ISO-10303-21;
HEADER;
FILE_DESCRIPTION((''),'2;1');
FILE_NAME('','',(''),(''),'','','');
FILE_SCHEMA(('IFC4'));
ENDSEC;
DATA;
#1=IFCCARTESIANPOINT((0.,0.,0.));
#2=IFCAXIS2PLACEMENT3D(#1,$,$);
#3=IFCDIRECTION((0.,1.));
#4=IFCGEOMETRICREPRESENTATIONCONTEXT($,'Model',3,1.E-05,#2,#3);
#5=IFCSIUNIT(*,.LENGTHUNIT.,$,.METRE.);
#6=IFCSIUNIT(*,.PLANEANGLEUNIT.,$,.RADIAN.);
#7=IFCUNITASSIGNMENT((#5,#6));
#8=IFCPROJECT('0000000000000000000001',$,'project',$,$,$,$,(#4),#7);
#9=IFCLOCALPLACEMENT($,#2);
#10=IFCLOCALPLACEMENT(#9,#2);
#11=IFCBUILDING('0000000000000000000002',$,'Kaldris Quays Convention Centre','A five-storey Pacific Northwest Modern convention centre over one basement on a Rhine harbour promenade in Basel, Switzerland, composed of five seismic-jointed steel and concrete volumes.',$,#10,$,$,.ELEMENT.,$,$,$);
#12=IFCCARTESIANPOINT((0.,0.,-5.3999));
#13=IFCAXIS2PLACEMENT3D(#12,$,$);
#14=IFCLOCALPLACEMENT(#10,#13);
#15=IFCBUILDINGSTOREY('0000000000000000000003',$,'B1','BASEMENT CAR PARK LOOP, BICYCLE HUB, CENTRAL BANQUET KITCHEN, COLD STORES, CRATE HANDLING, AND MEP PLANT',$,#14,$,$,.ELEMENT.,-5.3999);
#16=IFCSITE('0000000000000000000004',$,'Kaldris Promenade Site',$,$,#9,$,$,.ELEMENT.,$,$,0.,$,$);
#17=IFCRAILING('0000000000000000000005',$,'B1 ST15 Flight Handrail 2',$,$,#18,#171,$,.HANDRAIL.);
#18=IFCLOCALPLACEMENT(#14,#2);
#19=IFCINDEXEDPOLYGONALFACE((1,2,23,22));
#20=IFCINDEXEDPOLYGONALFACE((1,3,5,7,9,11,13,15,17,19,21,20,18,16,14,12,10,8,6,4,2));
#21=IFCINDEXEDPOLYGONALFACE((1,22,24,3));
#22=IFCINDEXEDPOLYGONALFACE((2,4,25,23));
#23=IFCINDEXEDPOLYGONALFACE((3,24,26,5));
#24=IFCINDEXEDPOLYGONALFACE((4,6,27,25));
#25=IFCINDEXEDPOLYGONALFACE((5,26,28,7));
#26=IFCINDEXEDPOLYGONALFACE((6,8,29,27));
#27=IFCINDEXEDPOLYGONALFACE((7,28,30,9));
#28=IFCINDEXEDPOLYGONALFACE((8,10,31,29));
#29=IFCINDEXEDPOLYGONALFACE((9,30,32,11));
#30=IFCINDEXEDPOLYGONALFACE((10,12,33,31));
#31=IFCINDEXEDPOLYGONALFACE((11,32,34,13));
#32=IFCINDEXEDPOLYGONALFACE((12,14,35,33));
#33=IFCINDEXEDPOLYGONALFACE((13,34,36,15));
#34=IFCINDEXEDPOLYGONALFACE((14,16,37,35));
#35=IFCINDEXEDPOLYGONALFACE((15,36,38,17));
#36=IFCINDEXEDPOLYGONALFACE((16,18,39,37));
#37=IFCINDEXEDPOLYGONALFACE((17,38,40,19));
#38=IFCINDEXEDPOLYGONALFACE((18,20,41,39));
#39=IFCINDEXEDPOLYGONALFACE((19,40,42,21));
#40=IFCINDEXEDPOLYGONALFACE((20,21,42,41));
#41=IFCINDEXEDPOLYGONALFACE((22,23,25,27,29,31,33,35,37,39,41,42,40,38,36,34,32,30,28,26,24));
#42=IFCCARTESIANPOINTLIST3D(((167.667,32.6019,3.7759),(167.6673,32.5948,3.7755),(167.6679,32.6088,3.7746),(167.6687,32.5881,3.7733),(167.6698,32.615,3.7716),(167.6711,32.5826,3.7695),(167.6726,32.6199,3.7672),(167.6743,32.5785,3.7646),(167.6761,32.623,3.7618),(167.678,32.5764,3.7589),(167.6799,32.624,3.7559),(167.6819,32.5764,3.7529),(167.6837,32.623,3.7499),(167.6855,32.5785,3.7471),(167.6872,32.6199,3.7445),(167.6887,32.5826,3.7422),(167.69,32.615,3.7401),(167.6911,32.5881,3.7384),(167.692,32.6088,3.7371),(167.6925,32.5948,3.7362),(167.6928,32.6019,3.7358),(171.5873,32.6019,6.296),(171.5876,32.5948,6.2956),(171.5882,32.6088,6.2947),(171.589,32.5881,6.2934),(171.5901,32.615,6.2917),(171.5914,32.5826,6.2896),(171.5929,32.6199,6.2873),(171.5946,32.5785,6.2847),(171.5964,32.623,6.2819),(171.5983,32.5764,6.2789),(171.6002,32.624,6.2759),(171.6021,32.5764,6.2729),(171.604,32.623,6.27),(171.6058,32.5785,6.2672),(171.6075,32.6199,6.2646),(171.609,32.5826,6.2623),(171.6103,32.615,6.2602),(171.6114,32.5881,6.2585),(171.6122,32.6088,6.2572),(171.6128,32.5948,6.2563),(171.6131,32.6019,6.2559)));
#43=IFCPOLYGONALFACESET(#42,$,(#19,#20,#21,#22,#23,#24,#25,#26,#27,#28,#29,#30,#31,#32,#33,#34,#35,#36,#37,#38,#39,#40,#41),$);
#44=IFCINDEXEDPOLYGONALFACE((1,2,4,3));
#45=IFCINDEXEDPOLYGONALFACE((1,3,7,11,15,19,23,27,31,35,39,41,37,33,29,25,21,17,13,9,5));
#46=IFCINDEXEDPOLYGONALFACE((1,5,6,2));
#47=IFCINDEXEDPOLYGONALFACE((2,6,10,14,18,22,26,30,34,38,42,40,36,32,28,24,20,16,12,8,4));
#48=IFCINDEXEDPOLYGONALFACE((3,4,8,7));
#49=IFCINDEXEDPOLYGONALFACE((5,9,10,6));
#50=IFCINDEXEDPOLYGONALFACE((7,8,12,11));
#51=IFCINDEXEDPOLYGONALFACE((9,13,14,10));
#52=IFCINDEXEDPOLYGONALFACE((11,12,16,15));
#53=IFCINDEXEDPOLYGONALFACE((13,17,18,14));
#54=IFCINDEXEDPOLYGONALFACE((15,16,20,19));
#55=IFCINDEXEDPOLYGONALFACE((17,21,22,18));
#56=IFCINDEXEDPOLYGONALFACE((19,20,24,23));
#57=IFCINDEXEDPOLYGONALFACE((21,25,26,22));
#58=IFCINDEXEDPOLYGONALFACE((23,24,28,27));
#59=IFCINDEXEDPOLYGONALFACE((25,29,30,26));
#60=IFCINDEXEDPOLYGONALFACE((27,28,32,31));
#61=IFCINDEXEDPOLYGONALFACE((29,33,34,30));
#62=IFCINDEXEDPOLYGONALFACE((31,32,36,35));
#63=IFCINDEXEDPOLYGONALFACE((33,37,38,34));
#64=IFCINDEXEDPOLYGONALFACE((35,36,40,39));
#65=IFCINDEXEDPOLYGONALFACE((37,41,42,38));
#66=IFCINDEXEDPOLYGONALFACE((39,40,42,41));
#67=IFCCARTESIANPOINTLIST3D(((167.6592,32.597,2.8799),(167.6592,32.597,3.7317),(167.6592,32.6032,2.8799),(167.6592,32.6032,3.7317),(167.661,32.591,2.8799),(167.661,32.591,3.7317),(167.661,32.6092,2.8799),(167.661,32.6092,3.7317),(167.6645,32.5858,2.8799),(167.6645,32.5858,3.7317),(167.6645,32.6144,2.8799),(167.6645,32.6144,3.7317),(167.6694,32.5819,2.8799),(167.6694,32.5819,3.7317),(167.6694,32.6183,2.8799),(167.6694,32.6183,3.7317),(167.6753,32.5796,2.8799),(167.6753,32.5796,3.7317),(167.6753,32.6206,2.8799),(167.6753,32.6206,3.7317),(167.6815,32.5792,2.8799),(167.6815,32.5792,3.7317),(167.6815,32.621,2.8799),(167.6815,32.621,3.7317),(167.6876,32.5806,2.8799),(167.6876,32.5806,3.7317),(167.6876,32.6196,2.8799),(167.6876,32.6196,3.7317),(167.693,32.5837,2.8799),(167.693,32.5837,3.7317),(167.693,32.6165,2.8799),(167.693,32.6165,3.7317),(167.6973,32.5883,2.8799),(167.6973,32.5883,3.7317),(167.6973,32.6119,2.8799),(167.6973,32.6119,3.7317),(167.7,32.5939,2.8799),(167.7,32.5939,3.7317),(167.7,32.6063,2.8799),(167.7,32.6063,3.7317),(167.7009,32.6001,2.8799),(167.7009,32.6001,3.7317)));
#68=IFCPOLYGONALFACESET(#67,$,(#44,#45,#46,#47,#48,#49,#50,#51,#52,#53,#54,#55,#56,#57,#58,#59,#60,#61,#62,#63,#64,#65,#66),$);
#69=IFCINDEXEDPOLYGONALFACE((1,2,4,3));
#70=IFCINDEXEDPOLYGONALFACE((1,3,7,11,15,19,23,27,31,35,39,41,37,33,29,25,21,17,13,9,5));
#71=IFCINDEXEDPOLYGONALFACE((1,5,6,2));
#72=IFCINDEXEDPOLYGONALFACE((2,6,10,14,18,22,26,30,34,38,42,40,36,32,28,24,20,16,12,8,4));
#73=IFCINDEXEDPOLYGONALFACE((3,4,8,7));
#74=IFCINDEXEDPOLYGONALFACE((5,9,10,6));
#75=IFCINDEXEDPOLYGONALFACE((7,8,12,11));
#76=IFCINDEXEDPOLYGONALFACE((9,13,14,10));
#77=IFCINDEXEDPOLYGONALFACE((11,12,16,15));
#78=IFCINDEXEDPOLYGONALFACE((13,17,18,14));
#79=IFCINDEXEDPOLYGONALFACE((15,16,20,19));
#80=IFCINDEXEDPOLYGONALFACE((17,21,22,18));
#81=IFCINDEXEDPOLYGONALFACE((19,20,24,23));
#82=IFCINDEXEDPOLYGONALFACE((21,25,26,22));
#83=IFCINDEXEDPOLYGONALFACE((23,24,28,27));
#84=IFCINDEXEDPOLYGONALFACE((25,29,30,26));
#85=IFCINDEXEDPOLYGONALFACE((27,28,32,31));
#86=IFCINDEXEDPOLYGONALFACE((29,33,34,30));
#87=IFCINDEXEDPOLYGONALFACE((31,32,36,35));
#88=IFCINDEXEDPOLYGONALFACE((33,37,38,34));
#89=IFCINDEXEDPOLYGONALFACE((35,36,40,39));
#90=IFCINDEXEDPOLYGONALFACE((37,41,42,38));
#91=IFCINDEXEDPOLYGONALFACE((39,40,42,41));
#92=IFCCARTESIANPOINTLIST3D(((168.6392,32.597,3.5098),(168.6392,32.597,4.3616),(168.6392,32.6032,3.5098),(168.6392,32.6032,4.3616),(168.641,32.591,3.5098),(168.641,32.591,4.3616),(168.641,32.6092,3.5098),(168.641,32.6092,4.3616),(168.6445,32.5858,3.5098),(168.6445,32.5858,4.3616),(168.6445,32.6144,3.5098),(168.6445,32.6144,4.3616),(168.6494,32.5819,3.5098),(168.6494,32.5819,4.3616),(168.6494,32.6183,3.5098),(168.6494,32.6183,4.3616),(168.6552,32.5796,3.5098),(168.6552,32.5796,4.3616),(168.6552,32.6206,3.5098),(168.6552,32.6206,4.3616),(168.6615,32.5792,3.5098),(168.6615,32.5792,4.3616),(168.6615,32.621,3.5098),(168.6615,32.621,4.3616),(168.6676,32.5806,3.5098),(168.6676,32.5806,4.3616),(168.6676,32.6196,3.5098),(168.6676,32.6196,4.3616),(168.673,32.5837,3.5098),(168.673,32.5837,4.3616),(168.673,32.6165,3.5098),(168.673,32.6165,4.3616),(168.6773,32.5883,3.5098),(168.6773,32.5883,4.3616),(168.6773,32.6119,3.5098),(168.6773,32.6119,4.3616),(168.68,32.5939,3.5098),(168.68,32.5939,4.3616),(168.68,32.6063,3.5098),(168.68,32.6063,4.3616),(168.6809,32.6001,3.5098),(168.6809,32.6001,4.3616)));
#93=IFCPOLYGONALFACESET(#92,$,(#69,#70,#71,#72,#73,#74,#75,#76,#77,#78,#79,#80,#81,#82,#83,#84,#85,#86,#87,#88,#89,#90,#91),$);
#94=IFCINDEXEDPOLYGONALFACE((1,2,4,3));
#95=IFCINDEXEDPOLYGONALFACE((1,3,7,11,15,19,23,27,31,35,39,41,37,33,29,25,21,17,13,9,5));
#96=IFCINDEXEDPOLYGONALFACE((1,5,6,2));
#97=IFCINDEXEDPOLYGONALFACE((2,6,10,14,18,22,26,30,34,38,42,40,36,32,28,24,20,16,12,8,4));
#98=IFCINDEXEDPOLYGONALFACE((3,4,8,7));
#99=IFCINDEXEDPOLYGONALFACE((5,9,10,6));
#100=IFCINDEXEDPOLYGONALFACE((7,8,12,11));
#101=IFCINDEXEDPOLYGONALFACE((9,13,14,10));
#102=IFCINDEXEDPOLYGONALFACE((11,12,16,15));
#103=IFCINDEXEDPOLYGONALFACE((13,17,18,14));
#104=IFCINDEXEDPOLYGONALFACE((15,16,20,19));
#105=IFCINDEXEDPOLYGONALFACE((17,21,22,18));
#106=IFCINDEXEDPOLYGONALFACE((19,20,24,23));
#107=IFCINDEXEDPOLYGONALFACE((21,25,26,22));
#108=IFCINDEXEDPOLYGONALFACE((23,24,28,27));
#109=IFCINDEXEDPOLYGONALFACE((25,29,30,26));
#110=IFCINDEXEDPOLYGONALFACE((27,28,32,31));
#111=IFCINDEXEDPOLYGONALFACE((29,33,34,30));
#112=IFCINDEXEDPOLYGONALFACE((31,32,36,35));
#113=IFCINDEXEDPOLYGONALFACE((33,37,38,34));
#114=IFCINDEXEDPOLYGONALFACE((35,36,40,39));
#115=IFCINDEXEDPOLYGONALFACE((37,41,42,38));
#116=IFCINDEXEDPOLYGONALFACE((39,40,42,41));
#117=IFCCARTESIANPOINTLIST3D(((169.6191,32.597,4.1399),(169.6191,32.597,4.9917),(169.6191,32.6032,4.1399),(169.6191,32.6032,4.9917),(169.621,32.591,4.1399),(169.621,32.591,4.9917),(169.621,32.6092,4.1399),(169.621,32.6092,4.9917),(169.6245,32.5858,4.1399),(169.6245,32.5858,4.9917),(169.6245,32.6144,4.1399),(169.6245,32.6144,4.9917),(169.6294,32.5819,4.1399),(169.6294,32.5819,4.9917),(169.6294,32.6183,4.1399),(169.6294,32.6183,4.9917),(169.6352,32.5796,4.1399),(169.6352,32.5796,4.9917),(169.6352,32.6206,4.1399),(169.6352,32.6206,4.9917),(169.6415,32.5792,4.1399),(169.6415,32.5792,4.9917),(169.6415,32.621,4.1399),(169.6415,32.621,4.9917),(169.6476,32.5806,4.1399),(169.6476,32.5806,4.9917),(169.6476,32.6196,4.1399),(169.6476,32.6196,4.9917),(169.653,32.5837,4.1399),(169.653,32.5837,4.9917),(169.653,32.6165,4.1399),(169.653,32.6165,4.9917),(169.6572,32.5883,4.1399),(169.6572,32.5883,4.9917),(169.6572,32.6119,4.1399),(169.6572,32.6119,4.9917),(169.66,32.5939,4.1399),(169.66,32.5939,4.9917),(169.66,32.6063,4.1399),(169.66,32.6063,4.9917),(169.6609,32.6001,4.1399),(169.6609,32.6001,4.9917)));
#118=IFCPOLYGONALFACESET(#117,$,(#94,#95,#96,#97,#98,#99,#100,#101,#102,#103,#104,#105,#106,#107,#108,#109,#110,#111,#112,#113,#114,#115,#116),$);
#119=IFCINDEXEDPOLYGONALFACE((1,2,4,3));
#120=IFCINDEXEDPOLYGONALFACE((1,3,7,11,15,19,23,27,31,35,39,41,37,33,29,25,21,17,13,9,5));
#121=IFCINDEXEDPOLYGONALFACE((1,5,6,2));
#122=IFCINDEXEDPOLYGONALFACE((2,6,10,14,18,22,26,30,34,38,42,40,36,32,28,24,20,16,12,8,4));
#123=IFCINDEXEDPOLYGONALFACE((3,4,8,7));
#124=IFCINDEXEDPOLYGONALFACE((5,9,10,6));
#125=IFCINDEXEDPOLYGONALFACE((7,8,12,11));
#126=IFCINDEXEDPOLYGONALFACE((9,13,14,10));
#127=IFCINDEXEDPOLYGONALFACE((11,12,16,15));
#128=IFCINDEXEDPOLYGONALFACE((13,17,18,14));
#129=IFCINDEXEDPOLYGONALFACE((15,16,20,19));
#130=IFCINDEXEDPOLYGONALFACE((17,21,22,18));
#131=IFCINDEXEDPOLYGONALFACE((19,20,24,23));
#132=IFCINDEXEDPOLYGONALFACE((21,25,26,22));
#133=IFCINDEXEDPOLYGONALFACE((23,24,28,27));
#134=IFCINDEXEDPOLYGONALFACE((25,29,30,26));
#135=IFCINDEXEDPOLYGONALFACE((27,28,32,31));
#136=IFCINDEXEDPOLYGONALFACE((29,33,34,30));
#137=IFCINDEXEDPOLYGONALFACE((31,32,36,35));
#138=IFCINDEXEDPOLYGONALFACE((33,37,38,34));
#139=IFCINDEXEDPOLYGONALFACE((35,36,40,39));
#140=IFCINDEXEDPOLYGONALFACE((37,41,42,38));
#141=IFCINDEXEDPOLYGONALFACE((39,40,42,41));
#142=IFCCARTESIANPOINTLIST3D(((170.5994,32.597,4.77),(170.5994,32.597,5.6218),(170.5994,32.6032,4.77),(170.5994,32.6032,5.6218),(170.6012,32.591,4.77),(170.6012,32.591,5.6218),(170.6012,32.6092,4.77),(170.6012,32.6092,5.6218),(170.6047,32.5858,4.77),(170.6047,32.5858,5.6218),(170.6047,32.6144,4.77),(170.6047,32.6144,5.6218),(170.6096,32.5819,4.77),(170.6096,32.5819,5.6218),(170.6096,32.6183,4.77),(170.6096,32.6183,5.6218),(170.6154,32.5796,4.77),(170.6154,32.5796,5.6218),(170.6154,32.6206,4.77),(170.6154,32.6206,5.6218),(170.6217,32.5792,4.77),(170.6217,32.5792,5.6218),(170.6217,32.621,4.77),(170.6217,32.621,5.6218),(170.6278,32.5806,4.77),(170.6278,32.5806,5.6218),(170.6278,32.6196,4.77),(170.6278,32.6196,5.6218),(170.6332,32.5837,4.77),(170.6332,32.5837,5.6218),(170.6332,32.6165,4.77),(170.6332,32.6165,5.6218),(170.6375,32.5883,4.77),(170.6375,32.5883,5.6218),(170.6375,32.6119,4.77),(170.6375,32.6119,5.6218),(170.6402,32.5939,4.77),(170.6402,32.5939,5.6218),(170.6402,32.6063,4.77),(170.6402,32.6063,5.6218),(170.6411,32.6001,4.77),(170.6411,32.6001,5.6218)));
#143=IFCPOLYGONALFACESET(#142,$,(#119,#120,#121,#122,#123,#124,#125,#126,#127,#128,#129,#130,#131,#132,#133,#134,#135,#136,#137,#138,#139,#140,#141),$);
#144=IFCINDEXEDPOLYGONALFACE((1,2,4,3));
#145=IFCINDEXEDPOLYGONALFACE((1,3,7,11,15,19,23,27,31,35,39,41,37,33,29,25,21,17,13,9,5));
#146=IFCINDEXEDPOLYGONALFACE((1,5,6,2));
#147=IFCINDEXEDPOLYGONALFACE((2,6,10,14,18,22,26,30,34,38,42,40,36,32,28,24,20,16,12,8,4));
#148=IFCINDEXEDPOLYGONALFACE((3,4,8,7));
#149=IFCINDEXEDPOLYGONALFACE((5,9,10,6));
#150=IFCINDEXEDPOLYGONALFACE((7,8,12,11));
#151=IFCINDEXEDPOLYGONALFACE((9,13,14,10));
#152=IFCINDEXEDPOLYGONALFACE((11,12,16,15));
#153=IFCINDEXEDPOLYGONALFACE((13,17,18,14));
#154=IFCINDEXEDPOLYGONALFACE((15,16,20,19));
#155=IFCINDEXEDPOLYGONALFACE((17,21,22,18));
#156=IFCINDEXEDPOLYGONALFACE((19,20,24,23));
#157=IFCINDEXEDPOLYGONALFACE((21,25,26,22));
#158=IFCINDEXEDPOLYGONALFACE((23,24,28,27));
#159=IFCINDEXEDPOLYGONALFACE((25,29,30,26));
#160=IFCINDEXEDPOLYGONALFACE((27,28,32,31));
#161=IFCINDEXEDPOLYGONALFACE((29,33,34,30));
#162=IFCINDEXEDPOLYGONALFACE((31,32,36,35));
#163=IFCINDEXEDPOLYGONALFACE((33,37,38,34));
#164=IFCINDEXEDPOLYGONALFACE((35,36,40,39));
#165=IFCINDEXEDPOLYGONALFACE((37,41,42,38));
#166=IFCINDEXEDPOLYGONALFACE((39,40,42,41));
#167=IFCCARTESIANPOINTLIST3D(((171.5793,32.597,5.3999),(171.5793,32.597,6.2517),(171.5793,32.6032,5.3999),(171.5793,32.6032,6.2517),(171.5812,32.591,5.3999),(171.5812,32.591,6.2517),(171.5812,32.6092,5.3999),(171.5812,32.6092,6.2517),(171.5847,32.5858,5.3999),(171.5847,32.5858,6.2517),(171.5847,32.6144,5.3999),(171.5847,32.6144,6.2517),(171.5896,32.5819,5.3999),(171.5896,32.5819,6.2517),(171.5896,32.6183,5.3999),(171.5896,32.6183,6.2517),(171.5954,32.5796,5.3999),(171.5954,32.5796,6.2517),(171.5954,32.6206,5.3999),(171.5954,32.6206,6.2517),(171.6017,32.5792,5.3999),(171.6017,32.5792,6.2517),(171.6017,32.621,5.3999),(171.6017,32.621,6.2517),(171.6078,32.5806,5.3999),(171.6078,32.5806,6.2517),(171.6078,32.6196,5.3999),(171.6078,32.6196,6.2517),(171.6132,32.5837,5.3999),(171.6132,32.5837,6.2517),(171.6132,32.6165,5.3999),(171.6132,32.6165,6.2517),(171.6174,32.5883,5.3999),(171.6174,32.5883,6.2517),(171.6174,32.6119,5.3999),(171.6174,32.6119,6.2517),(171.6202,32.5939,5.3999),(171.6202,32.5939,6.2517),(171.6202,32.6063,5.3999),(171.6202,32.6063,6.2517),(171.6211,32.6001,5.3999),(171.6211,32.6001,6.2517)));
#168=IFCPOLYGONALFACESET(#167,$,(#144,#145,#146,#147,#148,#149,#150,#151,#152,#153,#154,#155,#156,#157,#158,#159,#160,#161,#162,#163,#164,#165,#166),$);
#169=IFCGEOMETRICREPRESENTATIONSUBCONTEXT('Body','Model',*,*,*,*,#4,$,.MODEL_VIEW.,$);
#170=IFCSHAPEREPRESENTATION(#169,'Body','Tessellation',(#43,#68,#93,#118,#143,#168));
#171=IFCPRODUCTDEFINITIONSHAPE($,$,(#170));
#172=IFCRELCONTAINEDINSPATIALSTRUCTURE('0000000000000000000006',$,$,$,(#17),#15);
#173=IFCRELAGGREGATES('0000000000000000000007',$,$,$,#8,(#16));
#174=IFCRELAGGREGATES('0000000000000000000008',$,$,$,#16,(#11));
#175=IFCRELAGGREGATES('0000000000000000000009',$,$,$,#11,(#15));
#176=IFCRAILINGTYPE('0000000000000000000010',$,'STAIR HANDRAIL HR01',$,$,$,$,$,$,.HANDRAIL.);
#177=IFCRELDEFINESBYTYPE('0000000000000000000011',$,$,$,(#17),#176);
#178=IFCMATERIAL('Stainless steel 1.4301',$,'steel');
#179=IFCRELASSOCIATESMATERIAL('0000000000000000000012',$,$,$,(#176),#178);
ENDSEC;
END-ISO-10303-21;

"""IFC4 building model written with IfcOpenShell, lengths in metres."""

from ifc_helpers import new_model, si_unit, direction, frame, origin, origin_2d, place, context, subcontext, project, spatial, circle, extrude, material, type_object, element, save


model = new_model("IFC4")

# Units and contexts
model_context = context("Model", 3, precision=1e-05, world=origin(), true_north=direction((0.0, 1.0)))
body_context = subcontext(model_context, "Body", "Model", "MODEL_VIEW")
ifc_project = project(units=[si_unit("LENGTHUNIT", "METRE"), si_unit("PLANEANGLEUNIT", "RADIAN")], contexts=[model_context])

# Site, building, storey
site_placement = place(None, origin())
site = spatial("IfcSite", under=ifc_project, at=site_placement, Name="Kaldris Promenade Site", CompositionType="ELEMENT", RefElevation=0.0)
building_placement = place(site_placement, origin())
building = spatial("IfcBuilding", under=site, at=building_placement, Name="Kaldris Quays Convention Centre", Description="A five-storey Pacific Northwest Modern convention centre over one basement on a Rhine harbour promenade in Basel, Switzerland, composed of five seismic-jointed steel and concrete volumes.", CompositionType="ELEMENT")
storey_placement = place(building_placement, frame((0.0, 0.0, -5.3999)))
storey = spatial("IfcBuildingStorey", under=building, at=storey_placement, Name="B1", Description="BASEMENT CAR PARK LOOP, BICYCLE HUB, CENTRAL BANQUET KITCHEN, COLD STORES, CRATE HANDLING, AND MEP PLANT", CompositionType="ELEMENT", Elevation=-5.3999)

# Railing
ifc_material_1 = material(Name="Stainless steel 1.4301", Category="steel")
railing_type_1 = type_object("IfcRailingType", Name="STAIR HANDRAIL HR01", PredefinedType="HANDRAIL", material=ifc_material_1)
railing_1_placement = place(storey_placement, frame((167.6799, 32.6001, 2.8799)))
element("IfcRailing", 1, at=railing_1_placement, inside=storey, type_object=railing_type_1, Name="B1 ST15 Flight Handrail 2", PredefinedType="HANDRAIL", context=body_context, shape_type="SweptSolid", body=[
    extrude(circle(Radius=0.0239, at=origin_2d()), frame((0.0, 0.0, 0.876), z_axis=(0.841187, 0.0, 0.540744), x_axis=(0.0, 1.0, 0.0)), (0.0, 0.0, 1.0), 4.6604),
    extrude(circle(Radius=0.021, at=origin_2d()), origin(), (0.0, 0.0, 1.0), 0.8518),
    extrude(circle(Radius=0.021, at=origin_2d()), frame((0.98, 0.0, 0.6299)), (0.0, 0.0, 1.0), 0.8518),
    extrude(circle(Radius=0.021, at=origin_2d()), frame((1.96, 0.0, 1.26)), (0.0, 0.0, 1.0), 0.8518),
    extrude(circle(Radius=0.021, at=origin_2d()), frame((2.9402, 0.0, 1.8901)), (0.0, 0.0, 1.0), 0.8518),
    extrude(circle(Radius=0.021, at=origin_2d()), frame((3.9202, 0.0, 2.52)), (0.0, 0.0, 1.0), 0.8518),
])

save(model, "model.ifc")
